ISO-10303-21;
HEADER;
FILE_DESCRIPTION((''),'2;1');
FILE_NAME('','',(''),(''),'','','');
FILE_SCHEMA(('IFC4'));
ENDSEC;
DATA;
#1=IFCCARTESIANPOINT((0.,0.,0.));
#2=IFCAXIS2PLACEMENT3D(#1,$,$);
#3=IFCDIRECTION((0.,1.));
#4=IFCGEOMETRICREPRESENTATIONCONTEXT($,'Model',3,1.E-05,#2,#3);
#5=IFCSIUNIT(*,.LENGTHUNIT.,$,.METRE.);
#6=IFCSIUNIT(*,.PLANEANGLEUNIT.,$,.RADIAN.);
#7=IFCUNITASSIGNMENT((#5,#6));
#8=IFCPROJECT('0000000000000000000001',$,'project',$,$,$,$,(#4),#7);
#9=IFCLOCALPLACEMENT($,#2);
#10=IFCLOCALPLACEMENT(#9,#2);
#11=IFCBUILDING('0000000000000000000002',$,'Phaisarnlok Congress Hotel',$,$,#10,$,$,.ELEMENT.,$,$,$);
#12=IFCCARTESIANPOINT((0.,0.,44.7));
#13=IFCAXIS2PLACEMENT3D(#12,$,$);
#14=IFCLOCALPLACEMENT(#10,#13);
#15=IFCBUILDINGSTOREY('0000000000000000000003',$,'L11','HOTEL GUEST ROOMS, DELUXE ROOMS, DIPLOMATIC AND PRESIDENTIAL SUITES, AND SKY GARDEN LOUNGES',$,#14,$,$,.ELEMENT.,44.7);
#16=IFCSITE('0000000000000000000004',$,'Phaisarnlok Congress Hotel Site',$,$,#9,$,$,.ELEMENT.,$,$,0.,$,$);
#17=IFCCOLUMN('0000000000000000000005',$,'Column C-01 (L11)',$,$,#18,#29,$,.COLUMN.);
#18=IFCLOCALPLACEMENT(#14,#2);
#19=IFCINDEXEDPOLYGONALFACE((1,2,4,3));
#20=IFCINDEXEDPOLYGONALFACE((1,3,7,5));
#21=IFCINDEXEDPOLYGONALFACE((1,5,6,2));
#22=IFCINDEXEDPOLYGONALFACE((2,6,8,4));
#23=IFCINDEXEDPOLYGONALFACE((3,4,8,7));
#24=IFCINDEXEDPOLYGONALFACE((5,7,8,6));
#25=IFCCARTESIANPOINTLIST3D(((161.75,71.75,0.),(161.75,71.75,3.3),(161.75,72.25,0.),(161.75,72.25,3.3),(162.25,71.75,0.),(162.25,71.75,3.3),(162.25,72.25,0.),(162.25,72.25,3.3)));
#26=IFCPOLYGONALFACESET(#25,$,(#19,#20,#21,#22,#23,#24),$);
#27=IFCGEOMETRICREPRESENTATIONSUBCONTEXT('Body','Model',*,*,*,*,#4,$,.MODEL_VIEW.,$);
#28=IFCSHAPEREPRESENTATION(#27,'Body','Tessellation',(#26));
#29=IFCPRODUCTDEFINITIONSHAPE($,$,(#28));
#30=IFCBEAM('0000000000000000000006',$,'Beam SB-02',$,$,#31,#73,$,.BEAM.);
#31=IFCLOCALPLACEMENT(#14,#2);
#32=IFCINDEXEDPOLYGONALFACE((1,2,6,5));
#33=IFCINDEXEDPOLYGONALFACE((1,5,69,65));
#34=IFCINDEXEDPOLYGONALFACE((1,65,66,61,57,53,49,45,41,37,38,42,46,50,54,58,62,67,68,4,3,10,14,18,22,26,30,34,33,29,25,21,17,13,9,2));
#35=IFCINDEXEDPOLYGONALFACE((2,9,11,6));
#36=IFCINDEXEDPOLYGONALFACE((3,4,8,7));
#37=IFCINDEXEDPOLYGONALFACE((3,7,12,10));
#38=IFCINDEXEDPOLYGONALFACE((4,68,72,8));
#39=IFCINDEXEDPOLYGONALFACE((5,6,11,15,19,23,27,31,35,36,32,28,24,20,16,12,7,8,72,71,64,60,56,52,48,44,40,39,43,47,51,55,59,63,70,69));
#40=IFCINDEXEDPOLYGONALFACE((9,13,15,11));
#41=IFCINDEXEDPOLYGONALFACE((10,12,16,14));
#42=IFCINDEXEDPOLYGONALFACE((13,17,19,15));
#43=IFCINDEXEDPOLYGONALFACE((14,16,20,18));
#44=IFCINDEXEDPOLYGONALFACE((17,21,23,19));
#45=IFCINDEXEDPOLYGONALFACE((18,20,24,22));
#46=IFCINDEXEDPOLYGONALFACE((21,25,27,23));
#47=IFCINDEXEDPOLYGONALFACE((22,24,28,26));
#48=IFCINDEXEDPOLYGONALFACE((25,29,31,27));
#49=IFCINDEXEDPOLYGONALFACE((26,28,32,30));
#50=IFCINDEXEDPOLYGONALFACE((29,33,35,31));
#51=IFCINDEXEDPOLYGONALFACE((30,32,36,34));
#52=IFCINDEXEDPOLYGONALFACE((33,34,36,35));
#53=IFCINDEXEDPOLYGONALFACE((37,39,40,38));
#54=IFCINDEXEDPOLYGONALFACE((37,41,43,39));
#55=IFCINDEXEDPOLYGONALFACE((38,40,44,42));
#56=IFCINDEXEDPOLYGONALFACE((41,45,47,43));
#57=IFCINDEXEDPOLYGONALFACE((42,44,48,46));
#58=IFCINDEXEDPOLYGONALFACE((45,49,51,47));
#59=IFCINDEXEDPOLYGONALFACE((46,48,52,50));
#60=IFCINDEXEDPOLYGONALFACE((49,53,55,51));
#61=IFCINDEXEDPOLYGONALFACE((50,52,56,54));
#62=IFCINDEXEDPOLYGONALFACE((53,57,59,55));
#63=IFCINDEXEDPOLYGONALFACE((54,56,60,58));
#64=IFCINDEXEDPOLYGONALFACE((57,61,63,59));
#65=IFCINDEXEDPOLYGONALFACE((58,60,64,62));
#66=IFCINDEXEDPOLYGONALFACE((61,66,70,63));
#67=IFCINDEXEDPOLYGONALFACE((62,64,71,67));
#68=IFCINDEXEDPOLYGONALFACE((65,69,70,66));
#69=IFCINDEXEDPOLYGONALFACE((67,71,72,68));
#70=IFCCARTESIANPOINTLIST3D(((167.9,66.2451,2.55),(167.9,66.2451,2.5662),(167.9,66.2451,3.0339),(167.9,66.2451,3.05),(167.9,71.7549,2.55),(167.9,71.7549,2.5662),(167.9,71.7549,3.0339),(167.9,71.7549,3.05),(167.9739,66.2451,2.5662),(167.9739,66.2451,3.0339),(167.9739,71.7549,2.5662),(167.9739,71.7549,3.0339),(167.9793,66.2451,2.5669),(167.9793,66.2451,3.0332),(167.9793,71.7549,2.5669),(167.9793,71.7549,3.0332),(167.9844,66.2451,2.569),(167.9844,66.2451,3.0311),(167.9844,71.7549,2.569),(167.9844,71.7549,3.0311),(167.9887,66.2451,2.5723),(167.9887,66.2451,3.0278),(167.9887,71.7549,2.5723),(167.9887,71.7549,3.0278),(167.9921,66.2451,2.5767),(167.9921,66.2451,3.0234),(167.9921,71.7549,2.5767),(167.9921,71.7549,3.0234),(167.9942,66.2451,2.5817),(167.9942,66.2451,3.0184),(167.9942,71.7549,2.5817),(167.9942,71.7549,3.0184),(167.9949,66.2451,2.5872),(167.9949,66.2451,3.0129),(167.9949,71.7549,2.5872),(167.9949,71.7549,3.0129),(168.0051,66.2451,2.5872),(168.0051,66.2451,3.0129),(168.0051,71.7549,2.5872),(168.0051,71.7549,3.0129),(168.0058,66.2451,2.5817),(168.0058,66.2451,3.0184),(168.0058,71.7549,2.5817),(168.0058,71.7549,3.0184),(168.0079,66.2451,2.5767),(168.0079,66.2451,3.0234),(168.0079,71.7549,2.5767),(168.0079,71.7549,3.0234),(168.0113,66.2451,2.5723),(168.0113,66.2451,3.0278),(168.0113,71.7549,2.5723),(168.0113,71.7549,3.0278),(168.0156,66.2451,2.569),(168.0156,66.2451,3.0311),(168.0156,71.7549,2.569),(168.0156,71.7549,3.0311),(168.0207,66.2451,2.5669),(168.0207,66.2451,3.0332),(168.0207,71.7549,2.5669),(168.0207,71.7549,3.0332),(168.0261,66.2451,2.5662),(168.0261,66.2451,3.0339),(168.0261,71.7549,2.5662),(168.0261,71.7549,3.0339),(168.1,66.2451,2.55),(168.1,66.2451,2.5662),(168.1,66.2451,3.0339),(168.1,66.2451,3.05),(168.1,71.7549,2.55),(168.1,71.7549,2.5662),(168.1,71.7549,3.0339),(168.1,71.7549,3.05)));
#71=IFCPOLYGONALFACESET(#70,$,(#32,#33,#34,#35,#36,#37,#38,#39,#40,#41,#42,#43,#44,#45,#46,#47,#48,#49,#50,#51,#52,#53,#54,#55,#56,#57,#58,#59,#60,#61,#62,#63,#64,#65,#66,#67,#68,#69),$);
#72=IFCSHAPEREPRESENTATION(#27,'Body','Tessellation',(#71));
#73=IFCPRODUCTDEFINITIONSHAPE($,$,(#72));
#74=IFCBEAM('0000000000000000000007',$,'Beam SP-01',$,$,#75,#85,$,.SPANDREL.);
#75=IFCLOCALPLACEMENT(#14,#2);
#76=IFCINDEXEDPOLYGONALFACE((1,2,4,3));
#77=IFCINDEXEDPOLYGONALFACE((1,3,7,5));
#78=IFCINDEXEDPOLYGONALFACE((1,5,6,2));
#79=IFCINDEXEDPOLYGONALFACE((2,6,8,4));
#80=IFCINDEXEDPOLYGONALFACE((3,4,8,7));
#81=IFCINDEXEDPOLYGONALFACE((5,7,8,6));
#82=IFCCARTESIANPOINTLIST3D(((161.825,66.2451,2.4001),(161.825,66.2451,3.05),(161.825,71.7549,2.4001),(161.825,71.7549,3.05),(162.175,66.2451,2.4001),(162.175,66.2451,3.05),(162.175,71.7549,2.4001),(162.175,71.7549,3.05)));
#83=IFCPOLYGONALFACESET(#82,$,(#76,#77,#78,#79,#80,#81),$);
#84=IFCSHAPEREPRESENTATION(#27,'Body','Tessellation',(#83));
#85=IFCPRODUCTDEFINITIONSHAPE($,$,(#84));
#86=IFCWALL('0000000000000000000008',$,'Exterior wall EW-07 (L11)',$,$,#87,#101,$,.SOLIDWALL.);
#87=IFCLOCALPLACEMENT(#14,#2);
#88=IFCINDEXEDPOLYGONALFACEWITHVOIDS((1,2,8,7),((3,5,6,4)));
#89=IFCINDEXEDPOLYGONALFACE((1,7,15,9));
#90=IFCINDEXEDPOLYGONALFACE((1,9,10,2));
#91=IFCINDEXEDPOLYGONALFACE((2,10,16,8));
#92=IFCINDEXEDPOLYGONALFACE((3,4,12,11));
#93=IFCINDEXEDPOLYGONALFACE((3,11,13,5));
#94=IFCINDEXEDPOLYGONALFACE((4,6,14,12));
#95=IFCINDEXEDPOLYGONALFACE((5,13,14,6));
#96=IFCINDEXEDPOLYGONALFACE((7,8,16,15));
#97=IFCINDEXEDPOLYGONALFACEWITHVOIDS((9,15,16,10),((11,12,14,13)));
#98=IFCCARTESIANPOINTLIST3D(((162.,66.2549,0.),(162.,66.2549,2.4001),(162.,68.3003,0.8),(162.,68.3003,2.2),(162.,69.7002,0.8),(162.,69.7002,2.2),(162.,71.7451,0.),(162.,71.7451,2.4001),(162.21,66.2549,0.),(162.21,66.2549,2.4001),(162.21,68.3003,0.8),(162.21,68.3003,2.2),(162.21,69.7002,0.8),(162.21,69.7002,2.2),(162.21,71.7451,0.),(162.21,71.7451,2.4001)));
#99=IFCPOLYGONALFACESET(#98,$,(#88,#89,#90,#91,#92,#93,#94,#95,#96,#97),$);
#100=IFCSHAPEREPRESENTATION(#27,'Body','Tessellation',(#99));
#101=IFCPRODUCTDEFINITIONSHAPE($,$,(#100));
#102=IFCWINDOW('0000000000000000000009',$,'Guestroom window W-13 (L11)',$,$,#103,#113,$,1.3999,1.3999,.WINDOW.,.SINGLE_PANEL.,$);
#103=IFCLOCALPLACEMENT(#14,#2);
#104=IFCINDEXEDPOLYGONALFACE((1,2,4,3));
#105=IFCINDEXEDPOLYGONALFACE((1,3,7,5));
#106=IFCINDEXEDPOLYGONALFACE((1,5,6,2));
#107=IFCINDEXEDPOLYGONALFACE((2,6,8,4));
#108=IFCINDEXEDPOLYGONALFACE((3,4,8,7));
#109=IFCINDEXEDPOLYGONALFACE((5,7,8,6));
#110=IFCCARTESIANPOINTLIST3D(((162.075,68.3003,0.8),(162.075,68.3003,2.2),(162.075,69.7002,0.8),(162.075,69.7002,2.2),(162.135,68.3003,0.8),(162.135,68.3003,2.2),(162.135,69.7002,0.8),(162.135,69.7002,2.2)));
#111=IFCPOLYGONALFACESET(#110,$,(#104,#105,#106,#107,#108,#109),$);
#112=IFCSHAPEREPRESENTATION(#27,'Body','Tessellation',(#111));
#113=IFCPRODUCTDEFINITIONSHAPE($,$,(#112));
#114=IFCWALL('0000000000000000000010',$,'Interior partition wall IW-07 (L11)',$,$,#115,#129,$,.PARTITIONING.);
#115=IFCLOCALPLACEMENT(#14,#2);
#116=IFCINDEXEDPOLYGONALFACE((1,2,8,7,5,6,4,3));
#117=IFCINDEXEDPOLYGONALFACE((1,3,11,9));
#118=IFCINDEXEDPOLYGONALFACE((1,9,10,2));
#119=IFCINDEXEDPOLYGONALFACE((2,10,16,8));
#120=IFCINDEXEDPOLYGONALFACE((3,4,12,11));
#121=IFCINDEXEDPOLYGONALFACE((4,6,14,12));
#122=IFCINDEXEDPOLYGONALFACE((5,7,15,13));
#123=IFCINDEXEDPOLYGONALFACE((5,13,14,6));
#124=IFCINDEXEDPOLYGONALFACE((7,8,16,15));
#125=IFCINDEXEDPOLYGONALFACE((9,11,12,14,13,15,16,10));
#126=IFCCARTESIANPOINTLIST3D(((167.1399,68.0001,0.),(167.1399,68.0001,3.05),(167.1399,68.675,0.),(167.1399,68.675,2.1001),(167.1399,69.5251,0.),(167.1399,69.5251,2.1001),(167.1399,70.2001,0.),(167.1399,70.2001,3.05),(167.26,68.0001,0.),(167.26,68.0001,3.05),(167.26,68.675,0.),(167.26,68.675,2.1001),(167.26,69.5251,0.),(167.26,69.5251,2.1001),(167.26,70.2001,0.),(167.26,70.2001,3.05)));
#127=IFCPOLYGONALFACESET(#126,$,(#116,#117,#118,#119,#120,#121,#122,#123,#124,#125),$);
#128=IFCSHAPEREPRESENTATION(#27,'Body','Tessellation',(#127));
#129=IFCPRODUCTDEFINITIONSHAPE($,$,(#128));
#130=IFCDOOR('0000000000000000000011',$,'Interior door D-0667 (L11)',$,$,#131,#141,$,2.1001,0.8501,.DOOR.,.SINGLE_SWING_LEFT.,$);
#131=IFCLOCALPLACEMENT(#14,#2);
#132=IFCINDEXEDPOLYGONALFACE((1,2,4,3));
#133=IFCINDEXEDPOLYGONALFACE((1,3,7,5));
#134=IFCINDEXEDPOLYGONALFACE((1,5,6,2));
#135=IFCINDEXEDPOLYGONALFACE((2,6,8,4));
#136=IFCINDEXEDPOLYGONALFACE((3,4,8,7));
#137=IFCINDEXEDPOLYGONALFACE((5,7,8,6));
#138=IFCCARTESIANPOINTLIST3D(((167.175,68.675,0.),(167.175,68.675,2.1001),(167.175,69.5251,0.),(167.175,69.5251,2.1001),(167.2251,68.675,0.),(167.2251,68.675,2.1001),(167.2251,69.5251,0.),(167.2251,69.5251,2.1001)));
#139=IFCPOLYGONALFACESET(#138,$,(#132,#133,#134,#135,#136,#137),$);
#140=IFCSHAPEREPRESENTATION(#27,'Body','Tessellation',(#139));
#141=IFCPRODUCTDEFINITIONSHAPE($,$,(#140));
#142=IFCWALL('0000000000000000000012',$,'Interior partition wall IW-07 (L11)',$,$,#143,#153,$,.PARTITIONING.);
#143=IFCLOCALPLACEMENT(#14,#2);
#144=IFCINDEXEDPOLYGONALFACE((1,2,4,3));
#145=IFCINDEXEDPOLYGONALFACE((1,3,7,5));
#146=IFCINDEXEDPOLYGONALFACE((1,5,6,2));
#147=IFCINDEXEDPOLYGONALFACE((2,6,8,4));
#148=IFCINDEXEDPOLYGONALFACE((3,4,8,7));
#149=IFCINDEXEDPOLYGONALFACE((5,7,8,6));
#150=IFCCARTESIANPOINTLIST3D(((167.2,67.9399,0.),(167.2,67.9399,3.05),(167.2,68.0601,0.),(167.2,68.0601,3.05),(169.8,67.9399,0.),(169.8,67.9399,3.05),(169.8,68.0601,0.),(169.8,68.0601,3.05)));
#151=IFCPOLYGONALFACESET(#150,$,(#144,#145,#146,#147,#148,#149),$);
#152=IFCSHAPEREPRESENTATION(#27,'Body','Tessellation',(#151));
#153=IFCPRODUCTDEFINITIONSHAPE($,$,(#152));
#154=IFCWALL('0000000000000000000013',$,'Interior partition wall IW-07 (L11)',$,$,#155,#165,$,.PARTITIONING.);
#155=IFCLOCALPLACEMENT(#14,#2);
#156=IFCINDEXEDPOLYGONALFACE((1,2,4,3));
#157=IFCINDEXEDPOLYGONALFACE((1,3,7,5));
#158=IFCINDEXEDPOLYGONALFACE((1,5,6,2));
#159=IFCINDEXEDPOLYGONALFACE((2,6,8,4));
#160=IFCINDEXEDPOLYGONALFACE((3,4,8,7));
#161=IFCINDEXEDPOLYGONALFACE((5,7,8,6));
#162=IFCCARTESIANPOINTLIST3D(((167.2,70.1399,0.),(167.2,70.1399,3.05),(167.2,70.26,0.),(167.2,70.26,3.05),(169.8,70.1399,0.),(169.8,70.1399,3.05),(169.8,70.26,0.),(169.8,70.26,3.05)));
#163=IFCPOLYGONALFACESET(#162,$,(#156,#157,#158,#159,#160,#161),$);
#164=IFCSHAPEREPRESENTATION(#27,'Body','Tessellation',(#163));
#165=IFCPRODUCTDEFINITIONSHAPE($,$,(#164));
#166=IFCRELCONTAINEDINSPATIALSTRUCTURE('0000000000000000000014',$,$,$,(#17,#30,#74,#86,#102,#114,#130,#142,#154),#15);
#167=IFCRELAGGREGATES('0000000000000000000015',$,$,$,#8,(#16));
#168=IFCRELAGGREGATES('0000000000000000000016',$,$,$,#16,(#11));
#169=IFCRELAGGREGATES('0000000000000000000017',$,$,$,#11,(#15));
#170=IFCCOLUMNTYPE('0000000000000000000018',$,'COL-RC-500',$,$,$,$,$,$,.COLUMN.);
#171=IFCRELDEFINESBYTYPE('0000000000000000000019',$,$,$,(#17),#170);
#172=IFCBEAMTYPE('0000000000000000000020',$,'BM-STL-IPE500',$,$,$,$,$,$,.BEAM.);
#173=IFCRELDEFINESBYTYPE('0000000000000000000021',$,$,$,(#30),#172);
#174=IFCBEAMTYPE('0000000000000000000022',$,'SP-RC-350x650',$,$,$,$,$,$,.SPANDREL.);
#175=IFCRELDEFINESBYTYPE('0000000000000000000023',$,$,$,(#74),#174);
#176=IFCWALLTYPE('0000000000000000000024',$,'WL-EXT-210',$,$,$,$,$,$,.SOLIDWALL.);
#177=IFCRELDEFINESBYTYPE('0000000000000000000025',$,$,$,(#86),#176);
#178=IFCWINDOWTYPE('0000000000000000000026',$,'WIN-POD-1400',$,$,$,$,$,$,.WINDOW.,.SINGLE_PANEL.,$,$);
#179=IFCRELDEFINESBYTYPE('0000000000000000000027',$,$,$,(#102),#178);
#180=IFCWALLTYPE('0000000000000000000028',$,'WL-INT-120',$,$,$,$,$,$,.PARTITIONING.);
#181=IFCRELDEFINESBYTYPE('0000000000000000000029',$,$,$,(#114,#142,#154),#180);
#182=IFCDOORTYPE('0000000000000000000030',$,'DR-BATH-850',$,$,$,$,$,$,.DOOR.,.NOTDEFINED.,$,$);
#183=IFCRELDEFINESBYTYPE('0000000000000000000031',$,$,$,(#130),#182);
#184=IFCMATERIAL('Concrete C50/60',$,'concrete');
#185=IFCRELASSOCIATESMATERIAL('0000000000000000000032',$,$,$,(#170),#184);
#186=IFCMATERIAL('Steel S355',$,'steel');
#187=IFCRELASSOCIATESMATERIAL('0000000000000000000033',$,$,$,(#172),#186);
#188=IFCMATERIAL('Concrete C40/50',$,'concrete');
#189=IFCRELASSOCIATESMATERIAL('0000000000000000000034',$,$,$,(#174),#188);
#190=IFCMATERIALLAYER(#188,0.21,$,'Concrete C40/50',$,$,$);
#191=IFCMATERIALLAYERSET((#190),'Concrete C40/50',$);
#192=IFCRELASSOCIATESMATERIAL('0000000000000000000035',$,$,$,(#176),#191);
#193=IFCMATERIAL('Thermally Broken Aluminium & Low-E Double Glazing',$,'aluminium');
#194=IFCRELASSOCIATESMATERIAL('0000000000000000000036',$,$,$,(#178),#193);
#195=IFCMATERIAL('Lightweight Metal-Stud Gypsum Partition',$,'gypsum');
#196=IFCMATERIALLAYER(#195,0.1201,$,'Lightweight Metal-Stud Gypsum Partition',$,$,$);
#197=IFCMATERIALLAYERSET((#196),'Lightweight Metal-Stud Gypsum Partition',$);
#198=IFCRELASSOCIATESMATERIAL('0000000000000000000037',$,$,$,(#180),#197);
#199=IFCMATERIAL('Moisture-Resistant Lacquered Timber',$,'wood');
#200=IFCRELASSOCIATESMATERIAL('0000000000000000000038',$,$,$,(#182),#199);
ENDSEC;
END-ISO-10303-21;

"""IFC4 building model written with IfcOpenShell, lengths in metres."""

from ifc_helpers import new_model, si_unit, direction, frame, frame_2d, origin, origin_2d, place, context, subcontext, project, spatial, rectangle, i_section, extrude, material, layer, layer_set, material_profile, profile_set, type_object, element, fill, save


model = new_model("IFC4")

# Units and contexts
model_context = context("Model", 3, precision=1e-05, world=origin(), true_north=direction((0.0, 1.0)))
body_context = subcontext(model_context, "Body", "Model", "MODEL_VIEW")
ifc_project = project(units=[si_unit("LENGTHUNIT", "METRE"), si_unit("PLANEANGLEUNIT", "RADIAN")], contexts=[model_context])

# Site, building, storey
site_placement = place(None, origin())
site = spatial("IfcSite", under=ifc_project, at=site_placement, Name="Phaisarnlok Congress Hotel Site", CompositionType="ELEMENT", RefElevation=0.0)
building_placement = place(site_placement, origin())
building = spatial("IfcBuilding", under=site, at=building_placement, Name="Phaisarnlok Congress Hotel", CompositionType="ELEMENT")
storey_placement = place(building_placement, frame((0.0, 0.0, 44.7)))
storey = spatial("IfcBuildingStorey", under=building, at=storey_placement, Name="L11", Description="HOTEL GUEST ROOMS, DELUXE ROOMS, DIPLOMATIC AND PRESIDENTIAL SUITES, AND SKY GARDEN LOUNGES", CompositionType="ELEMENT", Elevation=44.7)

# Column
ifc_material_1 = material(Name="Concrete C50/60", Category="concrete")
ifc_material_profile_1 = material_profile(ifc_material_1, rectangle(XDim=0.5, YDim=0.5, at=origin_2d()), Name="RC 500x500")
ifc_profile_set_1 = profile_set([ifc_material_profile_1], Name="Concrete C50/60")
column_type = type_object("IfcColumnType", Name="COL-RC-500", PredefinedType="COLUMN", material=ifc_profile_set_1)
column_placement = place(storey_placement, frame((162.0, 72.0, 0.0), z_axis=(0.0, 0.0, 1.0), x_axis=(1.0, 0.0, 0.0)))
element("IfcColumn", 1, at=column_placement, inside=storey, type_object=column_type, Name="Column C-01 (L11)", PredefinedType="COLUMN", context=body_context, shape_type="SweptSolid", body=[
    extrude(rectangle(XDim=0.5, YDim=0.5, at=origin_2d()), origin(), (0.0, 0.0, 1.0), 3.3),
])

# Beams
ifc_material_2 = material(Name="Steel S355", Category="steel")
ifc_material_profile_2 = material_profile(ifc_material_2, i_section(OverallWidth=0.2, OverallDepth=0.5, WebThickness=0.0103, FlangeThickness=0.0161, FilletRadius=0.021, at=origin_2d()), Name="IPE 500")
ifc_profile_set_2 = profile_set([ifc_material_profile_2], Name="Steel S355")
beam_type_1 = type_object("IfcBeamType", Name="BM-STL-IPE500", PredefinedType="BEAM", material=ifc_profile_set_2)
beam_1_placement = place(storey_placement, frame((168.0, 66.2451, 2.8), z_axis=(0.0, 1.0, 0.0), x_axis=(-1.0, 0.0, 0.0)))
element("IfcBeam", 2, at=beam_1_placement, inside=storey, type_object=beam_type_1, Name="Beam SB-02", PredefinedType="BEAM", context=body_context, shape_type="SweptSolid", body=[
    extrude(i_section(OverallWidth=0.2, OverallDepth=0.5, WebThickness=0.0103, FlangeThickness=0.0161, FilletRadius=0.021, at=origin_2d()), origin(), (0.0, 0.0, 1.0), 5.5098),
])
ifc_material_3 = material(Name="Concrete C40/50", Category="concrete")
ifc_material_profile_3 = material_profile(ifc_material_3, rectangle(XDim=0.3501, YDim=0.6499, at=origin_2d()), Name="RC 350x650")
ifc_profile_set_3 = profile_set([ifc_material_profile_3], Name="Concrete C40/50")
beam_type_2 = type_object("IfcBeamType", Name="SP-RC-350x650", PredefinedType="SPANDREL", material=ifc_profile_set_3)
beam_2_placement = place(storey_placement, frame((162.0, 66.2451, 2.7251), z_axis=(0.0, 1.0, 0.0), x_axis=(-1.0, 0.0, 0.0)))
element("IfcBeam", 3, at=beam_2_placement, inside=storey, type_object=beam_type_2, Name="Beam SP-01", PredefinedType="SPANDREL", context=body_context, shape_type="SweptSolid", body=[
    extrude(rectangle(XDim=0.3501, YDim=0.6499, at=origin_2d()), origin(), (0.0, 0.0, 1.0), 5.5098),
])

# Wall, opening, window
ifc_layer_1 = layer(ifc_material_3, 0.21, Name="Concrete C40/50")
ifc_layer_set_1 = layer_set([ifc_layer_1], Name="Concrete C40/50")
wall_type_1 = type_object("IfcWallType", Name="WL-EXT-210", PredefinedType="SOLIDWALL", material=ifc_layer_set_1)
wall_1_placement = place(storey_placement, frame((162.105, 71.7451, 0.0), z_axis=(0.0, 0.0, 1.0), x_axis=(0.0, -1.0, 0.0)))
wall_1 = element("IfcWall", 4, at=wall_1_placement, inside=storey, type_object=wall_type_1, Name="Exterior wall EW-07 (L11)", PredefinedType="SOLIDWALL", context=body_context, shape_type="SweptSolid", body=[
    extrude(rectangle(XDim=5.4902, YDim=0.21, at=frame_2d((2.7451, 0.0))), origin(), (0.0, 0.0, 1.0), 2.4001),
])
opening_1_placement = place(wall_1_placement, frame((2.0449, 0.0, 0.8)))
opening_1 = element("IfcOpeningElement", 5, at=opening_1_placement, cuts=wall_1, PredefinedType="OPENING", context=body_context, shape_type="SweptSolid", body=[
    extrude(rectangle(XDim=1.3999, YDim=1.3999, at=frame_2d((0.7, 0.7))), frame((0.0, 0.115, 0.0), z_axis=(0.0, -1.0, 0.0), x_axis=(1.0, 0.0, 0.0)), (0.0, 0.0, 1.0), 0.23),
])
ifc_material_4 = material(Name="Thermally Broken Aluminium & Low-E Double Glazing", Category="aluminium")
window_type = type_object("IfcWindowType", Name="WIN-POD-1400", PartitioningType="SINGLE_PANEL", PredefinedType="WINDOW", material=ifc_material_4)
window_placement = place(opening_1_placement, origin())
window = element("IfcWindow", 6, at=window_placement, inside=storey, type_object=window_type, Name="Guestroom window W-13 (L11)", OverallHeight=1.3999, OverallWidth=1.3999, PartitioningType="SINGLE_PANEL", PredefinedType="WINDOW", context=body_context, shape_type="SweptSolid", body=[
    extrude(rectangle(XDim=1.3999, YDim=1.3999, at=frame_2d((0.7, 0.7))), frame((0.0, 0.03, 0.0), z_axis=(0.0, -1.0, 0.0), x_axis=(1.0, 0.0, 0.0)), (0.0, 0.0, 1.0), 0.0601),
])
fill(opening_1, window)

# Wall, opening, door
ifc_material_5 = material(Name="Lightweight Metal-Stud Gypsum Partition", Category="gypsum")
ifc_layer_2 = layer(ifc_material_5, 0.1201, Name="Lightweight Metal-Stud Gypsum Partition")
ifc_layer_set_2 = layer_set([ifc_layer_2], Name="Lightweight Metal-Stud Gypsum Partition")
wall_type_2 = type_object("IfcWallType", Name="WL-INT-120", PredefinedType="PARTITIONING", material=ifc_layer_set_2)
wall_2_placement = place(storey_placement, frame((167.2, 68.0, 0.0), z_axis=(0.0, 0.0, 1.0), x_axis=(0.0, 1.0, 0.0)))
wall_2 = element("IfcWall", 7, at=wall_2_placement, inside=storey, type_object=wall_type_2, Name="Interior partition wall IW-07 (L11)", PredefinedType="PARTITIONING", context=body_context, shape_type="SweptSolid", body=[
    extrude(rectangle(XDim=2.2, YDim=0.1201, at=frame_2d((1.1001, 0.0))), origin(), (0.0, 0.0, 1.0), 3.05),
])
opening_2_placement = place(wall_2_placement, frame((0.675, 0.0, 0.0)))
opening_2 = element("IfcOpeningElement", 8, at=opening_2_placement, cuts=wall_2, PredefinedType="OPENING", context=body_context, shape_type="SweptSolid", body=[
    extrude(rectangle(XDim=0.8501, YDim=2.1001, at=frame_2d((0.425, 1.05))), frame((0.0, 0.0701, 0.0), z_axis=(0.0, -1.0, 0.0), x_axis=(1.0, 0.0, 0.0)), (0.0, 0.0, 1.0), 0.1401),
])
ifc_material_6 = material(Name="Moisture-Resistant Lacquered Timber", Category="wood")
door_type = type_object("IfcDoorType", Name="DR-BATH-850", OperationType="NOTDEFINED", PredefinedType="DOOR", material=ifc_material_6)
door_placement = place(opening_2_placement, origin())
door = element("IfcDoor", 9, at=door_placement, inside=storey, type_object=door_type, Name="Interior door D-0667 (L11)", OperationType="SINGLE_SWING_LEFT", OverallHeight=2.1001, OverallWidth=0.8501, PredefinedType="DOOR", context=body_context, shape_type="SweptSolid", body=[
    extrude(rectangle(XDim=0.8501, YDim=2.1001, at=frame_2d((0.425, 1.05))), frame((0.0, 0.0249, 0.0), z_axis=(0.0, -1.0, 0.0), x_axis=(1.0, 0.0, 0.0)), (0.0, 0.0, 1.0), 0.05),
])
fill(opening_2, door)

# Walls
for number, where, z_axis, x_axis, name in (
    (10, (167.2, 68.0, 0.0), (0.0, 0.0, 1.0), (1.0, 0.0, 0.0), "Interior partition wall IW-07 (L11)"),
    (11, (167.2, 70.2, 0.0), (0.0, 0.0, 1.0), (1.0, 0.0, 0.0), "Interior partition wall IW-07 (L11)"),
):
    element("IfcWall", number, at=place(storey_placement, frame(where, z_axis=z_axis, x_axis=x_axis)), inside=storey, type_object=wall_type_2, Name=name, PredefinedType="PARTITIONING", context=body_context, shape_type="SweptSolid", body=[
        extrude(rectangle(XDim=2.6001, YDim=0.1201, at=frame_2d((1.3, 0.0))), origin(), (0.0, 0.0, 1.0), 3.05),
    ])

save(model, "model.ifc")
